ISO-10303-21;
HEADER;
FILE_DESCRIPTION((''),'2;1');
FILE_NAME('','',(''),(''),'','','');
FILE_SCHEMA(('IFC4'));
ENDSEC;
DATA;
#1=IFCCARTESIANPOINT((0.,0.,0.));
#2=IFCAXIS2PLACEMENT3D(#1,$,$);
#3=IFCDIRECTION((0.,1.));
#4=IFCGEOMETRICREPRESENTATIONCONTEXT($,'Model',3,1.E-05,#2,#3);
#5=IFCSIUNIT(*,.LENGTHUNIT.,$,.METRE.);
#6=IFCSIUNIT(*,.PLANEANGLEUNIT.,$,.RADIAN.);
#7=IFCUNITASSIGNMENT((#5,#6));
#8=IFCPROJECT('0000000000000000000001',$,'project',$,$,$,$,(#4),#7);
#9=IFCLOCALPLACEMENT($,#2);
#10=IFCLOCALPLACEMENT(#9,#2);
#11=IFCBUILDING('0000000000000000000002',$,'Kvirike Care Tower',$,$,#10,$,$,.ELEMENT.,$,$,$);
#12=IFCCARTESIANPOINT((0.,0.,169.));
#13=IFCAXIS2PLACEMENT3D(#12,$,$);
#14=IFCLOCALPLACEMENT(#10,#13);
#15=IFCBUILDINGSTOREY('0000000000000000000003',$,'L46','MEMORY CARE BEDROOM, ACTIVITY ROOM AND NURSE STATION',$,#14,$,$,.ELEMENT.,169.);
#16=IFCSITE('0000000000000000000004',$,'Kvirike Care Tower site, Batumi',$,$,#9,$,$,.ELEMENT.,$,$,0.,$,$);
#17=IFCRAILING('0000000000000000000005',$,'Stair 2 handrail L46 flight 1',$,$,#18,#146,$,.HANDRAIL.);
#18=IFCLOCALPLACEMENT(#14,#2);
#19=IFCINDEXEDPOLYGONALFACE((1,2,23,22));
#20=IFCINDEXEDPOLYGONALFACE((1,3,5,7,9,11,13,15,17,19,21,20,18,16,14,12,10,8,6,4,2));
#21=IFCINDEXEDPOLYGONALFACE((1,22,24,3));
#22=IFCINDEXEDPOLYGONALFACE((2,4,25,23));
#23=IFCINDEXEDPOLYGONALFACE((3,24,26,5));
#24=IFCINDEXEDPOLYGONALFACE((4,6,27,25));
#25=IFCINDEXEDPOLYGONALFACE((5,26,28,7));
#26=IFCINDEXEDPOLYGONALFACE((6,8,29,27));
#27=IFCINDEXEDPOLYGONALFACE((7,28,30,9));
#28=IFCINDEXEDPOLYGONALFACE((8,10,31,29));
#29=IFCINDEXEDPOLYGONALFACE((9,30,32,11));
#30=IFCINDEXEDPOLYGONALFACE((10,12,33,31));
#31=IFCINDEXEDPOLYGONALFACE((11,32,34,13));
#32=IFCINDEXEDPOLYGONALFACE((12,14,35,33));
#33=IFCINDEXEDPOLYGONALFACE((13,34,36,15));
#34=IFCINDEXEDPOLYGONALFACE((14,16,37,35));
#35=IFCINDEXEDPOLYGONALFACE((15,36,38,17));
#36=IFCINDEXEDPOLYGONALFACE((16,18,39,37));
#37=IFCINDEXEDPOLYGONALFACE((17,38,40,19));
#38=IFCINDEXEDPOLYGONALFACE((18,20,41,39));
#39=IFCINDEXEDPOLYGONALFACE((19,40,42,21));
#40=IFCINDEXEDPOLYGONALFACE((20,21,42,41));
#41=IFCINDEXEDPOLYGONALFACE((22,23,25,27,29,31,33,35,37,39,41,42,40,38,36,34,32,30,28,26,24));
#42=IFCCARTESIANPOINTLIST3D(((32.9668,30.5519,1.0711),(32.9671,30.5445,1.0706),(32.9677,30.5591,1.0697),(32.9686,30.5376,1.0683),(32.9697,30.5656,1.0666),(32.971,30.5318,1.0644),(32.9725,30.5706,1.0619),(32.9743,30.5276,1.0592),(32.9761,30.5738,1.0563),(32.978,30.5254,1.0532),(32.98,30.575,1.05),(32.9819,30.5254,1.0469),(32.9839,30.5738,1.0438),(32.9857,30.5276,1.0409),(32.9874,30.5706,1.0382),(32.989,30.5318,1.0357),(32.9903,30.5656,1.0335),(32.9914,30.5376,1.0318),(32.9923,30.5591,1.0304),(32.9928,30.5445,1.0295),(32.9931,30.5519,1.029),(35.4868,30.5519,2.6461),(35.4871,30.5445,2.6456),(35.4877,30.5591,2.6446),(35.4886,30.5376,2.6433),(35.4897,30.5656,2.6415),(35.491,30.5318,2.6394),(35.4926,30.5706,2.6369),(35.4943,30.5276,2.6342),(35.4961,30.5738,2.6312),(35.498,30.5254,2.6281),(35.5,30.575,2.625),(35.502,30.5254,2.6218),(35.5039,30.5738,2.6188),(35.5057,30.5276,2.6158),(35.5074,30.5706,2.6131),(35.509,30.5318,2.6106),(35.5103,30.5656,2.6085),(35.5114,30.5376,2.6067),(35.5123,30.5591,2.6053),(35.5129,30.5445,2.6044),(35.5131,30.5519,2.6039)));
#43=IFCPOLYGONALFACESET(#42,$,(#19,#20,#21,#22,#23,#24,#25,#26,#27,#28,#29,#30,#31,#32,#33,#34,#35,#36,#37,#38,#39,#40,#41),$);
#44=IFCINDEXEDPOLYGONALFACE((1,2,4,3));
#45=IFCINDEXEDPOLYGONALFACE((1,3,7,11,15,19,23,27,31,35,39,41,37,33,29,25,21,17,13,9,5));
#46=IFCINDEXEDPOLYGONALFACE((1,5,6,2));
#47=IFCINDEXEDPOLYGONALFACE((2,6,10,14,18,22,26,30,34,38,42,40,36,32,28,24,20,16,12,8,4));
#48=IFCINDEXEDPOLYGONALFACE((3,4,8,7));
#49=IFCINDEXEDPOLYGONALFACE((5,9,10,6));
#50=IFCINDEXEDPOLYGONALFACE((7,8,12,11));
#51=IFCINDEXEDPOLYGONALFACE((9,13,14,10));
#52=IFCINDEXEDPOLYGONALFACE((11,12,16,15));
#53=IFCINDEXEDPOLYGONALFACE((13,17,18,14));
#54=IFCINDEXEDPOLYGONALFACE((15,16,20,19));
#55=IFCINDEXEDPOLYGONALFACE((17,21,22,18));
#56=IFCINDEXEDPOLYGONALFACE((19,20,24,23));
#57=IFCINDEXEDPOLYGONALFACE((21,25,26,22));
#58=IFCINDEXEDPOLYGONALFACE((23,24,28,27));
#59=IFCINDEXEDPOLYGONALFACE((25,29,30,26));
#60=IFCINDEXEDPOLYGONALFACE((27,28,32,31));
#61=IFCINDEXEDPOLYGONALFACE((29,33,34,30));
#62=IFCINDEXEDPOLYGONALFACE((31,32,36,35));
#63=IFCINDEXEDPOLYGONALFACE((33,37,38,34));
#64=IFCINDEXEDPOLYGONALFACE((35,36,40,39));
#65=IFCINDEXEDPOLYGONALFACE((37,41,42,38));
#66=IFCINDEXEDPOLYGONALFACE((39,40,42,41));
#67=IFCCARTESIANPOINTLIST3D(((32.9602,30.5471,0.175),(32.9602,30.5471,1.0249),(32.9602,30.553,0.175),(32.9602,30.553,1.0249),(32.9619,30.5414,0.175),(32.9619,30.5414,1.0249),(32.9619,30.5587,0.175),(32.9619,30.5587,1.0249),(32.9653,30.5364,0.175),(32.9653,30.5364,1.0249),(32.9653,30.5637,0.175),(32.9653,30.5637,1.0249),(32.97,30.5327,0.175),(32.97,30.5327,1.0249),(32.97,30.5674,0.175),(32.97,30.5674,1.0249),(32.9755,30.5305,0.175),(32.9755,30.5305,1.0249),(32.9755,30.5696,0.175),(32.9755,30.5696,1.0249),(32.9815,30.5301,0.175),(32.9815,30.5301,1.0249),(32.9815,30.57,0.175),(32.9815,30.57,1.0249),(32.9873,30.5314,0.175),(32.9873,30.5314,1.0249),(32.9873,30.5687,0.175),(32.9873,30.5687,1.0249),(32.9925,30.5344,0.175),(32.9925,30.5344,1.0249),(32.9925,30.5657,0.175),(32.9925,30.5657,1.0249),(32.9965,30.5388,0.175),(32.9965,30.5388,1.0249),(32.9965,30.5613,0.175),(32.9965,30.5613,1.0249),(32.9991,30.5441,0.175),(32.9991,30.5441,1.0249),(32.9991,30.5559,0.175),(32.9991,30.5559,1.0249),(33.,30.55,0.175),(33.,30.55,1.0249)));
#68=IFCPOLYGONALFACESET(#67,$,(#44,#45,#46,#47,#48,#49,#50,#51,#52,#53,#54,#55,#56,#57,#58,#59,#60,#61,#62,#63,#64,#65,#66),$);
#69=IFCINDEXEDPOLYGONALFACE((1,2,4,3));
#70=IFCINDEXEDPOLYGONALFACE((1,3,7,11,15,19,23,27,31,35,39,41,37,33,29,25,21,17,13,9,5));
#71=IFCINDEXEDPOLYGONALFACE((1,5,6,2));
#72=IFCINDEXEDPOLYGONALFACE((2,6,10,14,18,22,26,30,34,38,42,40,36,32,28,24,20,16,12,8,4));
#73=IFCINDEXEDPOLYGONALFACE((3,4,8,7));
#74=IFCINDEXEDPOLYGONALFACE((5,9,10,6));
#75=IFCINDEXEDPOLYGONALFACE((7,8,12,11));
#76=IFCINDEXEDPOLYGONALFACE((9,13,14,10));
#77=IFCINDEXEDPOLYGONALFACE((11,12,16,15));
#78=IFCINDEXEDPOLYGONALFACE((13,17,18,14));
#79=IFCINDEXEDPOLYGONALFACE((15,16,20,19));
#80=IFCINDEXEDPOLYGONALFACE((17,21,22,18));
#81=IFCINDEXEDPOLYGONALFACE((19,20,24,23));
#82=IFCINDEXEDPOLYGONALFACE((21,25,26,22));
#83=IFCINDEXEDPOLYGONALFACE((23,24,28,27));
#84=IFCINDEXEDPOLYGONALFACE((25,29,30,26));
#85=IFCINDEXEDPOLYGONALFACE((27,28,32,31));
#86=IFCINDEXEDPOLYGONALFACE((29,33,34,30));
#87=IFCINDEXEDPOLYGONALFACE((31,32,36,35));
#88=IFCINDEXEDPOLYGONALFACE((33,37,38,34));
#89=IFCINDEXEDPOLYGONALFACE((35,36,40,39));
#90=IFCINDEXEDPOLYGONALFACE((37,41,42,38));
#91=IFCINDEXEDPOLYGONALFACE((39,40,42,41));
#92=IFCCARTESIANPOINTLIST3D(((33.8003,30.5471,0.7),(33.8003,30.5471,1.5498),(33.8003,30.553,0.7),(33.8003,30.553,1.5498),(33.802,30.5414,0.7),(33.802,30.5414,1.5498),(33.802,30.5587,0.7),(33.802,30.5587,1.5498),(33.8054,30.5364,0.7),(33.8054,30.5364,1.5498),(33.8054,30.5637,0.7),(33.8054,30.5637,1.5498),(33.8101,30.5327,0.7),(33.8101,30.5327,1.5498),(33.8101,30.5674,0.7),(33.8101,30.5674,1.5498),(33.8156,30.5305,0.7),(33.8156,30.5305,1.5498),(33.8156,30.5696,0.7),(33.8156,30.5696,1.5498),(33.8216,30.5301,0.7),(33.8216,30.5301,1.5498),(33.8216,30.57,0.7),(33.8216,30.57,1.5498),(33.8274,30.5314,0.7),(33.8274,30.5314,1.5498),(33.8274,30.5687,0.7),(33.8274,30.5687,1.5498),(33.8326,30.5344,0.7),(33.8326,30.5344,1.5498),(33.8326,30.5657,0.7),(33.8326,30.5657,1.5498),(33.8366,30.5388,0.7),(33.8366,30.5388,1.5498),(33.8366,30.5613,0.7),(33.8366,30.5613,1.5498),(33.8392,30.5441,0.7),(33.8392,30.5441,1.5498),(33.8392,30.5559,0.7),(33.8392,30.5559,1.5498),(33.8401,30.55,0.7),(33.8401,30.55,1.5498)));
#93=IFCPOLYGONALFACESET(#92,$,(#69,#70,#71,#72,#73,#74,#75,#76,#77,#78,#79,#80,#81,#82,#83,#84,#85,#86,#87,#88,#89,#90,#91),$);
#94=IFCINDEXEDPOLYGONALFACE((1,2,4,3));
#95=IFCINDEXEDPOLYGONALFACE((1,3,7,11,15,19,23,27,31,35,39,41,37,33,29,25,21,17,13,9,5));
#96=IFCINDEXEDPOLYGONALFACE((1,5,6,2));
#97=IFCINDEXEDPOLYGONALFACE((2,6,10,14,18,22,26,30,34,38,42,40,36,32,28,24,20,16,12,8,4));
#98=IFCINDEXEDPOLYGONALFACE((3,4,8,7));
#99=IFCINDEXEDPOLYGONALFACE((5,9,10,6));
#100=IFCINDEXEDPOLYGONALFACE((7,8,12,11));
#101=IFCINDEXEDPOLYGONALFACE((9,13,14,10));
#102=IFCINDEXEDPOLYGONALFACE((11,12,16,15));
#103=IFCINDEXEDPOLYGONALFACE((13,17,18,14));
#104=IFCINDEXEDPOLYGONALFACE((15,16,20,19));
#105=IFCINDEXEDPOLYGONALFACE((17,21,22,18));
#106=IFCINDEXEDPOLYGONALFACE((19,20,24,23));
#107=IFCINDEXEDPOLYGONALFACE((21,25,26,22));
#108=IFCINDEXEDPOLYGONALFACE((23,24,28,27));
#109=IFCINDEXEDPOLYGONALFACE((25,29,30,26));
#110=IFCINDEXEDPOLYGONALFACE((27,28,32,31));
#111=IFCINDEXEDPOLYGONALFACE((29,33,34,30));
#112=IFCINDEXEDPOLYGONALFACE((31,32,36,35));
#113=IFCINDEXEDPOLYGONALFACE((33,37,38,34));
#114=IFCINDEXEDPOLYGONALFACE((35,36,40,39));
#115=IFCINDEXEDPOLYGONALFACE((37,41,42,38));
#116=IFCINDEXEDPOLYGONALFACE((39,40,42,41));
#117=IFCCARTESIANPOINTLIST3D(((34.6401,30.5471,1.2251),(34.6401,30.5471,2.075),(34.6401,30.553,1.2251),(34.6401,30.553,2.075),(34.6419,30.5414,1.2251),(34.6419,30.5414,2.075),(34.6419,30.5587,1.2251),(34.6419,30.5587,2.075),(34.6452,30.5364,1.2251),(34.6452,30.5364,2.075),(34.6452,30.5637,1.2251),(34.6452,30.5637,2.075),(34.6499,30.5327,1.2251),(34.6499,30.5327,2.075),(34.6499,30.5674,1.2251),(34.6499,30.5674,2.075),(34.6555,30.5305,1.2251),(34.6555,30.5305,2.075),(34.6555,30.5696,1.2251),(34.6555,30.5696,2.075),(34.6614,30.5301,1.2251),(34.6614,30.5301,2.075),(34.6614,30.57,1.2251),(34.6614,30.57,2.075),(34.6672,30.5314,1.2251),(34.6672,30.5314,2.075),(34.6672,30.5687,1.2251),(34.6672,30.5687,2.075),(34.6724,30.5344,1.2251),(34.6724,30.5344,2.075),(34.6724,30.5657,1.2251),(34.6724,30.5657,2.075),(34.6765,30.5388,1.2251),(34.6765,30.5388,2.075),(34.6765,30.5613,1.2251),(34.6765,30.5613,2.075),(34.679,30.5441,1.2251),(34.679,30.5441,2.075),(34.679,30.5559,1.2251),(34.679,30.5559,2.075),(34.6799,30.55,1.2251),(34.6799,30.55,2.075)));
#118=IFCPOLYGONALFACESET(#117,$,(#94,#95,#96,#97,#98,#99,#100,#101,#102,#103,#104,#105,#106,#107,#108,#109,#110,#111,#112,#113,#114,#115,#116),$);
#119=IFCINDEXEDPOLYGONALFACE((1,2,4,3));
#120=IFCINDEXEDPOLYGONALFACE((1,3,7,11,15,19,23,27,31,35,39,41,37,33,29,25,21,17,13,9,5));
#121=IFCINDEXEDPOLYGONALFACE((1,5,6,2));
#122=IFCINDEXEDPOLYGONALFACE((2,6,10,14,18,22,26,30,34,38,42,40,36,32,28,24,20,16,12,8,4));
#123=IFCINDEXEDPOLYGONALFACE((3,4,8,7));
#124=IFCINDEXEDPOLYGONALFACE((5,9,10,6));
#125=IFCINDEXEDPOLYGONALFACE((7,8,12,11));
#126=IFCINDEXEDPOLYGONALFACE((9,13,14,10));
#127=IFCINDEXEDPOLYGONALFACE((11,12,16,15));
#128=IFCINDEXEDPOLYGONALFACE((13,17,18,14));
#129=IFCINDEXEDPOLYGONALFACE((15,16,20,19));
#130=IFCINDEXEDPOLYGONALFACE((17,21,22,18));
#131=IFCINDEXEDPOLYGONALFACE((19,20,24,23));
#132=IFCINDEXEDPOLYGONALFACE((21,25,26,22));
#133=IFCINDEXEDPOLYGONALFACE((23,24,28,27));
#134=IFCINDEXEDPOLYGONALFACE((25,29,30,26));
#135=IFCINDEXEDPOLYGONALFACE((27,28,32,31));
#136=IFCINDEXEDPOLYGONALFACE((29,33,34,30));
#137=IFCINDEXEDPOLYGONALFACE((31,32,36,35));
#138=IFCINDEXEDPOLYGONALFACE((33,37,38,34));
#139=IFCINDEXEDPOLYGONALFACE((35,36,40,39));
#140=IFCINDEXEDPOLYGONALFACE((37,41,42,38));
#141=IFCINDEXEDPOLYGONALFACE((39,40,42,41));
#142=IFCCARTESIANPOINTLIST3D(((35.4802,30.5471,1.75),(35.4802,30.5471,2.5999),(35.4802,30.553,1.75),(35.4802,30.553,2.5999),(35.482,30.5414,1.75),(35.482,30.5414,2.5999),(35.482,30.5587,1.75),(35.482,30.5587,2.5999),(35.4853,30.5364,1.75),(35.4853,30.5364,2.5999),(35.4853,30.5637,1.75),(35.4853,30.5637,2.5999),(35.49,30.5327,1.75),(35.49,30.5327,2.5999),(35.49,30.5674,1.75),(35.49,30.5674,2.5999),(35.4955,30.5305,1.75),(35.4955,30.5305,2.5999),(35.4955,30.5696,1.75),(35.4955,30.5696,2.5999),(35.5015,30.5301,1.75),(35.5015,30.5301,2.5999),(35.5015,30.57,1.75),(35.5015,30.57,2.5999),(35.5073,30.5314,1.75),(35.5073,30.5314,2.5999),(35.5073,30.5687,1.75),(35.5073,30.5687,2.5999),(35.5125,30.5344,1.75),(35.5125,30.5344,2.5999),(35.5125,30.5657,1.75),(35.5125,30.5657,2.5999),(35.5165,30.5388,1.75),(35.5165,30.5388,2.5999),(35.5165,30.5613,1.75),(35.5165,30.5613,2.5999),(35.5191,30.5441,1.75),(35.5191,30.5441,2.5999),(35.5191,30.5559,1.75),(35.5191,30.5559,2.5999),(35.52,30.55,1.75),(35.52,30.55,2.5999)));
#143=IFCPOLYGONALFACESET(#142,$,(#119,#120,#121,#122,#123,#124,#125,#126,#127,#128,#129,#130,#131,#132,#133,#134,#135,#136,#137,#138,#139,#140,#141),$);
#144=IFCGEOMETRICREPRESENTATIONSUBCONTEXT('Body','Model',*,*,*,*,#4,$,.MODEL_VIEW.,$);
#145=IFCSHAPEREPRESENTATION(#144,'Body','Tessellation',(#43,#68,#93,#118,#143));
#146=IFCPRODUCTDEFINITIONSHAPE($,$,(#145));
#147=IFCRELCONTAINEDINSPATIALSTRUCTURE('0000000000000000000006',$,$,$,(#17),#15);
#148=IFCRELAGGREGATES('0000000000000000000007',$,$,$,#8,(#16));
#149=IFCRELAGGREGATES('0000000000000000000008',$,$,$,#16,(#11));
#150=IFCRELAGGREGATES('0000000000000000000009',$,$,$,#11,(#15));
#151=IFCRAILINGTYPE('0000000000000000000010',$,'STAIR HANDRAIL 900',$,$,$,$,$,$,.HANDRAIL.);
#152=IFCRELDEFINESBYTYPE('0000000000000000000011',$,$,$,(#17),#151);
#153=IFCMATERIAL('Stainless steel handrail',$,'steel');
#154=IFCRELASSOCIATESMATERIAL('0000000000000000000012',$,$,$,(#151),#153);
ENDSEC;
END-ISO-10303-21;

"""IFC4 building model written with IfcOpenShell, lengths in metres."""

from ifc_helpers import new_model, si_unit, direction, frame, origin, origin_2d, place, context, subcontext, project, spatial, circle, extrude, material, type_object, element, save


model = new_model("IFC4")

# Units and contexts
model_context = context("Model", 3, precision=1e-05, world=origin(), true_north=direction((0.0, 1.0)))
body_context = subcontext(model_context, "Body", "Model", "MODEL_VIEW")
ifc_project = project(units=[si_unit("LENGTHUNIT", "METRE"), si_unit("PLANEANGLEUNIT", "RADIAN")], contexts=[model_context])

# Site, building, storey
site_placement = place(None, origin())
site = spatial("IfcSite", under=ifc_project, at=site_placement, Name="Kvirike Care Tower site, Batumi", CompositionType="ELEMENT", RefElevation=0.0)
building_placement = place(site_placement, origin())
building = spatial("IfcBuilding", under=site, at=building_placement, Name="Kvirike Care Tower", CompositionType="ELEMENT")
storey_placement = place(building_placement, frame((0.0, 0.0, 169.0)))
storey = spatial("IfcBuildingStorey", under=building, at=storey_placement, Name="L46", Description="MEMORY CARE BEDROOM, ACTIVITY ROOM AND NURSE STATION", CompositionType="ELEMENT", Elevation=169.0)

# Railing
ifc_material_1 = material(Name="Stainless steel handrail", Category="steel")
railing_type = type_object("IfcRailingType", Name="STAIR HANDRAIL 900", PredefinedType="HANDRAIL", material=ifc_material_1)
railing_1_placement = place(storey_placement, frame((32.98, 30.55, 0.175)))
element("IfcRailing", 1, at=railing_1_placement, inside=storey, type_object=railing_type, Name="Stair 2 handrail L46 flight 1", PredefinedType="HANDRAIL", context=body_context, shape_type="SweptSolid", body=[
    extrude(circle(Radius=0.0249, at=origin_2d()), frame((0.0, 0.0, 0.875), z_axis=(0.848008, 0.0, 0.529984), x_axis=(0.0, 1.0, 0.0)), (0.0, 0.0, 1.0), 2.9717),
    extrude(circle(Radius=0.02, at=origin_2d()), origin(), (0.0, 0.0, 1.0), 0.8499),
    extrude(circle(Radius=0.02, at=origin_2d()), frame((0.8401, 0.0, 0.5249)), (0.0, 0.0, 1.0), 0.8499),
    extrude(circle(Radius=0.02, at=origin_2d()), frame((1.6799, 0.0, 1.05)), (0.0, 0.0, 1.0), 0.8499),
    extrude(circle(Radius=0.02, at=origin_2d()), frame((2.52, 0.0, 1.575)), (0.0, 0.0, 1.0), 0.8499),
])

save(model, "model.ifc")
